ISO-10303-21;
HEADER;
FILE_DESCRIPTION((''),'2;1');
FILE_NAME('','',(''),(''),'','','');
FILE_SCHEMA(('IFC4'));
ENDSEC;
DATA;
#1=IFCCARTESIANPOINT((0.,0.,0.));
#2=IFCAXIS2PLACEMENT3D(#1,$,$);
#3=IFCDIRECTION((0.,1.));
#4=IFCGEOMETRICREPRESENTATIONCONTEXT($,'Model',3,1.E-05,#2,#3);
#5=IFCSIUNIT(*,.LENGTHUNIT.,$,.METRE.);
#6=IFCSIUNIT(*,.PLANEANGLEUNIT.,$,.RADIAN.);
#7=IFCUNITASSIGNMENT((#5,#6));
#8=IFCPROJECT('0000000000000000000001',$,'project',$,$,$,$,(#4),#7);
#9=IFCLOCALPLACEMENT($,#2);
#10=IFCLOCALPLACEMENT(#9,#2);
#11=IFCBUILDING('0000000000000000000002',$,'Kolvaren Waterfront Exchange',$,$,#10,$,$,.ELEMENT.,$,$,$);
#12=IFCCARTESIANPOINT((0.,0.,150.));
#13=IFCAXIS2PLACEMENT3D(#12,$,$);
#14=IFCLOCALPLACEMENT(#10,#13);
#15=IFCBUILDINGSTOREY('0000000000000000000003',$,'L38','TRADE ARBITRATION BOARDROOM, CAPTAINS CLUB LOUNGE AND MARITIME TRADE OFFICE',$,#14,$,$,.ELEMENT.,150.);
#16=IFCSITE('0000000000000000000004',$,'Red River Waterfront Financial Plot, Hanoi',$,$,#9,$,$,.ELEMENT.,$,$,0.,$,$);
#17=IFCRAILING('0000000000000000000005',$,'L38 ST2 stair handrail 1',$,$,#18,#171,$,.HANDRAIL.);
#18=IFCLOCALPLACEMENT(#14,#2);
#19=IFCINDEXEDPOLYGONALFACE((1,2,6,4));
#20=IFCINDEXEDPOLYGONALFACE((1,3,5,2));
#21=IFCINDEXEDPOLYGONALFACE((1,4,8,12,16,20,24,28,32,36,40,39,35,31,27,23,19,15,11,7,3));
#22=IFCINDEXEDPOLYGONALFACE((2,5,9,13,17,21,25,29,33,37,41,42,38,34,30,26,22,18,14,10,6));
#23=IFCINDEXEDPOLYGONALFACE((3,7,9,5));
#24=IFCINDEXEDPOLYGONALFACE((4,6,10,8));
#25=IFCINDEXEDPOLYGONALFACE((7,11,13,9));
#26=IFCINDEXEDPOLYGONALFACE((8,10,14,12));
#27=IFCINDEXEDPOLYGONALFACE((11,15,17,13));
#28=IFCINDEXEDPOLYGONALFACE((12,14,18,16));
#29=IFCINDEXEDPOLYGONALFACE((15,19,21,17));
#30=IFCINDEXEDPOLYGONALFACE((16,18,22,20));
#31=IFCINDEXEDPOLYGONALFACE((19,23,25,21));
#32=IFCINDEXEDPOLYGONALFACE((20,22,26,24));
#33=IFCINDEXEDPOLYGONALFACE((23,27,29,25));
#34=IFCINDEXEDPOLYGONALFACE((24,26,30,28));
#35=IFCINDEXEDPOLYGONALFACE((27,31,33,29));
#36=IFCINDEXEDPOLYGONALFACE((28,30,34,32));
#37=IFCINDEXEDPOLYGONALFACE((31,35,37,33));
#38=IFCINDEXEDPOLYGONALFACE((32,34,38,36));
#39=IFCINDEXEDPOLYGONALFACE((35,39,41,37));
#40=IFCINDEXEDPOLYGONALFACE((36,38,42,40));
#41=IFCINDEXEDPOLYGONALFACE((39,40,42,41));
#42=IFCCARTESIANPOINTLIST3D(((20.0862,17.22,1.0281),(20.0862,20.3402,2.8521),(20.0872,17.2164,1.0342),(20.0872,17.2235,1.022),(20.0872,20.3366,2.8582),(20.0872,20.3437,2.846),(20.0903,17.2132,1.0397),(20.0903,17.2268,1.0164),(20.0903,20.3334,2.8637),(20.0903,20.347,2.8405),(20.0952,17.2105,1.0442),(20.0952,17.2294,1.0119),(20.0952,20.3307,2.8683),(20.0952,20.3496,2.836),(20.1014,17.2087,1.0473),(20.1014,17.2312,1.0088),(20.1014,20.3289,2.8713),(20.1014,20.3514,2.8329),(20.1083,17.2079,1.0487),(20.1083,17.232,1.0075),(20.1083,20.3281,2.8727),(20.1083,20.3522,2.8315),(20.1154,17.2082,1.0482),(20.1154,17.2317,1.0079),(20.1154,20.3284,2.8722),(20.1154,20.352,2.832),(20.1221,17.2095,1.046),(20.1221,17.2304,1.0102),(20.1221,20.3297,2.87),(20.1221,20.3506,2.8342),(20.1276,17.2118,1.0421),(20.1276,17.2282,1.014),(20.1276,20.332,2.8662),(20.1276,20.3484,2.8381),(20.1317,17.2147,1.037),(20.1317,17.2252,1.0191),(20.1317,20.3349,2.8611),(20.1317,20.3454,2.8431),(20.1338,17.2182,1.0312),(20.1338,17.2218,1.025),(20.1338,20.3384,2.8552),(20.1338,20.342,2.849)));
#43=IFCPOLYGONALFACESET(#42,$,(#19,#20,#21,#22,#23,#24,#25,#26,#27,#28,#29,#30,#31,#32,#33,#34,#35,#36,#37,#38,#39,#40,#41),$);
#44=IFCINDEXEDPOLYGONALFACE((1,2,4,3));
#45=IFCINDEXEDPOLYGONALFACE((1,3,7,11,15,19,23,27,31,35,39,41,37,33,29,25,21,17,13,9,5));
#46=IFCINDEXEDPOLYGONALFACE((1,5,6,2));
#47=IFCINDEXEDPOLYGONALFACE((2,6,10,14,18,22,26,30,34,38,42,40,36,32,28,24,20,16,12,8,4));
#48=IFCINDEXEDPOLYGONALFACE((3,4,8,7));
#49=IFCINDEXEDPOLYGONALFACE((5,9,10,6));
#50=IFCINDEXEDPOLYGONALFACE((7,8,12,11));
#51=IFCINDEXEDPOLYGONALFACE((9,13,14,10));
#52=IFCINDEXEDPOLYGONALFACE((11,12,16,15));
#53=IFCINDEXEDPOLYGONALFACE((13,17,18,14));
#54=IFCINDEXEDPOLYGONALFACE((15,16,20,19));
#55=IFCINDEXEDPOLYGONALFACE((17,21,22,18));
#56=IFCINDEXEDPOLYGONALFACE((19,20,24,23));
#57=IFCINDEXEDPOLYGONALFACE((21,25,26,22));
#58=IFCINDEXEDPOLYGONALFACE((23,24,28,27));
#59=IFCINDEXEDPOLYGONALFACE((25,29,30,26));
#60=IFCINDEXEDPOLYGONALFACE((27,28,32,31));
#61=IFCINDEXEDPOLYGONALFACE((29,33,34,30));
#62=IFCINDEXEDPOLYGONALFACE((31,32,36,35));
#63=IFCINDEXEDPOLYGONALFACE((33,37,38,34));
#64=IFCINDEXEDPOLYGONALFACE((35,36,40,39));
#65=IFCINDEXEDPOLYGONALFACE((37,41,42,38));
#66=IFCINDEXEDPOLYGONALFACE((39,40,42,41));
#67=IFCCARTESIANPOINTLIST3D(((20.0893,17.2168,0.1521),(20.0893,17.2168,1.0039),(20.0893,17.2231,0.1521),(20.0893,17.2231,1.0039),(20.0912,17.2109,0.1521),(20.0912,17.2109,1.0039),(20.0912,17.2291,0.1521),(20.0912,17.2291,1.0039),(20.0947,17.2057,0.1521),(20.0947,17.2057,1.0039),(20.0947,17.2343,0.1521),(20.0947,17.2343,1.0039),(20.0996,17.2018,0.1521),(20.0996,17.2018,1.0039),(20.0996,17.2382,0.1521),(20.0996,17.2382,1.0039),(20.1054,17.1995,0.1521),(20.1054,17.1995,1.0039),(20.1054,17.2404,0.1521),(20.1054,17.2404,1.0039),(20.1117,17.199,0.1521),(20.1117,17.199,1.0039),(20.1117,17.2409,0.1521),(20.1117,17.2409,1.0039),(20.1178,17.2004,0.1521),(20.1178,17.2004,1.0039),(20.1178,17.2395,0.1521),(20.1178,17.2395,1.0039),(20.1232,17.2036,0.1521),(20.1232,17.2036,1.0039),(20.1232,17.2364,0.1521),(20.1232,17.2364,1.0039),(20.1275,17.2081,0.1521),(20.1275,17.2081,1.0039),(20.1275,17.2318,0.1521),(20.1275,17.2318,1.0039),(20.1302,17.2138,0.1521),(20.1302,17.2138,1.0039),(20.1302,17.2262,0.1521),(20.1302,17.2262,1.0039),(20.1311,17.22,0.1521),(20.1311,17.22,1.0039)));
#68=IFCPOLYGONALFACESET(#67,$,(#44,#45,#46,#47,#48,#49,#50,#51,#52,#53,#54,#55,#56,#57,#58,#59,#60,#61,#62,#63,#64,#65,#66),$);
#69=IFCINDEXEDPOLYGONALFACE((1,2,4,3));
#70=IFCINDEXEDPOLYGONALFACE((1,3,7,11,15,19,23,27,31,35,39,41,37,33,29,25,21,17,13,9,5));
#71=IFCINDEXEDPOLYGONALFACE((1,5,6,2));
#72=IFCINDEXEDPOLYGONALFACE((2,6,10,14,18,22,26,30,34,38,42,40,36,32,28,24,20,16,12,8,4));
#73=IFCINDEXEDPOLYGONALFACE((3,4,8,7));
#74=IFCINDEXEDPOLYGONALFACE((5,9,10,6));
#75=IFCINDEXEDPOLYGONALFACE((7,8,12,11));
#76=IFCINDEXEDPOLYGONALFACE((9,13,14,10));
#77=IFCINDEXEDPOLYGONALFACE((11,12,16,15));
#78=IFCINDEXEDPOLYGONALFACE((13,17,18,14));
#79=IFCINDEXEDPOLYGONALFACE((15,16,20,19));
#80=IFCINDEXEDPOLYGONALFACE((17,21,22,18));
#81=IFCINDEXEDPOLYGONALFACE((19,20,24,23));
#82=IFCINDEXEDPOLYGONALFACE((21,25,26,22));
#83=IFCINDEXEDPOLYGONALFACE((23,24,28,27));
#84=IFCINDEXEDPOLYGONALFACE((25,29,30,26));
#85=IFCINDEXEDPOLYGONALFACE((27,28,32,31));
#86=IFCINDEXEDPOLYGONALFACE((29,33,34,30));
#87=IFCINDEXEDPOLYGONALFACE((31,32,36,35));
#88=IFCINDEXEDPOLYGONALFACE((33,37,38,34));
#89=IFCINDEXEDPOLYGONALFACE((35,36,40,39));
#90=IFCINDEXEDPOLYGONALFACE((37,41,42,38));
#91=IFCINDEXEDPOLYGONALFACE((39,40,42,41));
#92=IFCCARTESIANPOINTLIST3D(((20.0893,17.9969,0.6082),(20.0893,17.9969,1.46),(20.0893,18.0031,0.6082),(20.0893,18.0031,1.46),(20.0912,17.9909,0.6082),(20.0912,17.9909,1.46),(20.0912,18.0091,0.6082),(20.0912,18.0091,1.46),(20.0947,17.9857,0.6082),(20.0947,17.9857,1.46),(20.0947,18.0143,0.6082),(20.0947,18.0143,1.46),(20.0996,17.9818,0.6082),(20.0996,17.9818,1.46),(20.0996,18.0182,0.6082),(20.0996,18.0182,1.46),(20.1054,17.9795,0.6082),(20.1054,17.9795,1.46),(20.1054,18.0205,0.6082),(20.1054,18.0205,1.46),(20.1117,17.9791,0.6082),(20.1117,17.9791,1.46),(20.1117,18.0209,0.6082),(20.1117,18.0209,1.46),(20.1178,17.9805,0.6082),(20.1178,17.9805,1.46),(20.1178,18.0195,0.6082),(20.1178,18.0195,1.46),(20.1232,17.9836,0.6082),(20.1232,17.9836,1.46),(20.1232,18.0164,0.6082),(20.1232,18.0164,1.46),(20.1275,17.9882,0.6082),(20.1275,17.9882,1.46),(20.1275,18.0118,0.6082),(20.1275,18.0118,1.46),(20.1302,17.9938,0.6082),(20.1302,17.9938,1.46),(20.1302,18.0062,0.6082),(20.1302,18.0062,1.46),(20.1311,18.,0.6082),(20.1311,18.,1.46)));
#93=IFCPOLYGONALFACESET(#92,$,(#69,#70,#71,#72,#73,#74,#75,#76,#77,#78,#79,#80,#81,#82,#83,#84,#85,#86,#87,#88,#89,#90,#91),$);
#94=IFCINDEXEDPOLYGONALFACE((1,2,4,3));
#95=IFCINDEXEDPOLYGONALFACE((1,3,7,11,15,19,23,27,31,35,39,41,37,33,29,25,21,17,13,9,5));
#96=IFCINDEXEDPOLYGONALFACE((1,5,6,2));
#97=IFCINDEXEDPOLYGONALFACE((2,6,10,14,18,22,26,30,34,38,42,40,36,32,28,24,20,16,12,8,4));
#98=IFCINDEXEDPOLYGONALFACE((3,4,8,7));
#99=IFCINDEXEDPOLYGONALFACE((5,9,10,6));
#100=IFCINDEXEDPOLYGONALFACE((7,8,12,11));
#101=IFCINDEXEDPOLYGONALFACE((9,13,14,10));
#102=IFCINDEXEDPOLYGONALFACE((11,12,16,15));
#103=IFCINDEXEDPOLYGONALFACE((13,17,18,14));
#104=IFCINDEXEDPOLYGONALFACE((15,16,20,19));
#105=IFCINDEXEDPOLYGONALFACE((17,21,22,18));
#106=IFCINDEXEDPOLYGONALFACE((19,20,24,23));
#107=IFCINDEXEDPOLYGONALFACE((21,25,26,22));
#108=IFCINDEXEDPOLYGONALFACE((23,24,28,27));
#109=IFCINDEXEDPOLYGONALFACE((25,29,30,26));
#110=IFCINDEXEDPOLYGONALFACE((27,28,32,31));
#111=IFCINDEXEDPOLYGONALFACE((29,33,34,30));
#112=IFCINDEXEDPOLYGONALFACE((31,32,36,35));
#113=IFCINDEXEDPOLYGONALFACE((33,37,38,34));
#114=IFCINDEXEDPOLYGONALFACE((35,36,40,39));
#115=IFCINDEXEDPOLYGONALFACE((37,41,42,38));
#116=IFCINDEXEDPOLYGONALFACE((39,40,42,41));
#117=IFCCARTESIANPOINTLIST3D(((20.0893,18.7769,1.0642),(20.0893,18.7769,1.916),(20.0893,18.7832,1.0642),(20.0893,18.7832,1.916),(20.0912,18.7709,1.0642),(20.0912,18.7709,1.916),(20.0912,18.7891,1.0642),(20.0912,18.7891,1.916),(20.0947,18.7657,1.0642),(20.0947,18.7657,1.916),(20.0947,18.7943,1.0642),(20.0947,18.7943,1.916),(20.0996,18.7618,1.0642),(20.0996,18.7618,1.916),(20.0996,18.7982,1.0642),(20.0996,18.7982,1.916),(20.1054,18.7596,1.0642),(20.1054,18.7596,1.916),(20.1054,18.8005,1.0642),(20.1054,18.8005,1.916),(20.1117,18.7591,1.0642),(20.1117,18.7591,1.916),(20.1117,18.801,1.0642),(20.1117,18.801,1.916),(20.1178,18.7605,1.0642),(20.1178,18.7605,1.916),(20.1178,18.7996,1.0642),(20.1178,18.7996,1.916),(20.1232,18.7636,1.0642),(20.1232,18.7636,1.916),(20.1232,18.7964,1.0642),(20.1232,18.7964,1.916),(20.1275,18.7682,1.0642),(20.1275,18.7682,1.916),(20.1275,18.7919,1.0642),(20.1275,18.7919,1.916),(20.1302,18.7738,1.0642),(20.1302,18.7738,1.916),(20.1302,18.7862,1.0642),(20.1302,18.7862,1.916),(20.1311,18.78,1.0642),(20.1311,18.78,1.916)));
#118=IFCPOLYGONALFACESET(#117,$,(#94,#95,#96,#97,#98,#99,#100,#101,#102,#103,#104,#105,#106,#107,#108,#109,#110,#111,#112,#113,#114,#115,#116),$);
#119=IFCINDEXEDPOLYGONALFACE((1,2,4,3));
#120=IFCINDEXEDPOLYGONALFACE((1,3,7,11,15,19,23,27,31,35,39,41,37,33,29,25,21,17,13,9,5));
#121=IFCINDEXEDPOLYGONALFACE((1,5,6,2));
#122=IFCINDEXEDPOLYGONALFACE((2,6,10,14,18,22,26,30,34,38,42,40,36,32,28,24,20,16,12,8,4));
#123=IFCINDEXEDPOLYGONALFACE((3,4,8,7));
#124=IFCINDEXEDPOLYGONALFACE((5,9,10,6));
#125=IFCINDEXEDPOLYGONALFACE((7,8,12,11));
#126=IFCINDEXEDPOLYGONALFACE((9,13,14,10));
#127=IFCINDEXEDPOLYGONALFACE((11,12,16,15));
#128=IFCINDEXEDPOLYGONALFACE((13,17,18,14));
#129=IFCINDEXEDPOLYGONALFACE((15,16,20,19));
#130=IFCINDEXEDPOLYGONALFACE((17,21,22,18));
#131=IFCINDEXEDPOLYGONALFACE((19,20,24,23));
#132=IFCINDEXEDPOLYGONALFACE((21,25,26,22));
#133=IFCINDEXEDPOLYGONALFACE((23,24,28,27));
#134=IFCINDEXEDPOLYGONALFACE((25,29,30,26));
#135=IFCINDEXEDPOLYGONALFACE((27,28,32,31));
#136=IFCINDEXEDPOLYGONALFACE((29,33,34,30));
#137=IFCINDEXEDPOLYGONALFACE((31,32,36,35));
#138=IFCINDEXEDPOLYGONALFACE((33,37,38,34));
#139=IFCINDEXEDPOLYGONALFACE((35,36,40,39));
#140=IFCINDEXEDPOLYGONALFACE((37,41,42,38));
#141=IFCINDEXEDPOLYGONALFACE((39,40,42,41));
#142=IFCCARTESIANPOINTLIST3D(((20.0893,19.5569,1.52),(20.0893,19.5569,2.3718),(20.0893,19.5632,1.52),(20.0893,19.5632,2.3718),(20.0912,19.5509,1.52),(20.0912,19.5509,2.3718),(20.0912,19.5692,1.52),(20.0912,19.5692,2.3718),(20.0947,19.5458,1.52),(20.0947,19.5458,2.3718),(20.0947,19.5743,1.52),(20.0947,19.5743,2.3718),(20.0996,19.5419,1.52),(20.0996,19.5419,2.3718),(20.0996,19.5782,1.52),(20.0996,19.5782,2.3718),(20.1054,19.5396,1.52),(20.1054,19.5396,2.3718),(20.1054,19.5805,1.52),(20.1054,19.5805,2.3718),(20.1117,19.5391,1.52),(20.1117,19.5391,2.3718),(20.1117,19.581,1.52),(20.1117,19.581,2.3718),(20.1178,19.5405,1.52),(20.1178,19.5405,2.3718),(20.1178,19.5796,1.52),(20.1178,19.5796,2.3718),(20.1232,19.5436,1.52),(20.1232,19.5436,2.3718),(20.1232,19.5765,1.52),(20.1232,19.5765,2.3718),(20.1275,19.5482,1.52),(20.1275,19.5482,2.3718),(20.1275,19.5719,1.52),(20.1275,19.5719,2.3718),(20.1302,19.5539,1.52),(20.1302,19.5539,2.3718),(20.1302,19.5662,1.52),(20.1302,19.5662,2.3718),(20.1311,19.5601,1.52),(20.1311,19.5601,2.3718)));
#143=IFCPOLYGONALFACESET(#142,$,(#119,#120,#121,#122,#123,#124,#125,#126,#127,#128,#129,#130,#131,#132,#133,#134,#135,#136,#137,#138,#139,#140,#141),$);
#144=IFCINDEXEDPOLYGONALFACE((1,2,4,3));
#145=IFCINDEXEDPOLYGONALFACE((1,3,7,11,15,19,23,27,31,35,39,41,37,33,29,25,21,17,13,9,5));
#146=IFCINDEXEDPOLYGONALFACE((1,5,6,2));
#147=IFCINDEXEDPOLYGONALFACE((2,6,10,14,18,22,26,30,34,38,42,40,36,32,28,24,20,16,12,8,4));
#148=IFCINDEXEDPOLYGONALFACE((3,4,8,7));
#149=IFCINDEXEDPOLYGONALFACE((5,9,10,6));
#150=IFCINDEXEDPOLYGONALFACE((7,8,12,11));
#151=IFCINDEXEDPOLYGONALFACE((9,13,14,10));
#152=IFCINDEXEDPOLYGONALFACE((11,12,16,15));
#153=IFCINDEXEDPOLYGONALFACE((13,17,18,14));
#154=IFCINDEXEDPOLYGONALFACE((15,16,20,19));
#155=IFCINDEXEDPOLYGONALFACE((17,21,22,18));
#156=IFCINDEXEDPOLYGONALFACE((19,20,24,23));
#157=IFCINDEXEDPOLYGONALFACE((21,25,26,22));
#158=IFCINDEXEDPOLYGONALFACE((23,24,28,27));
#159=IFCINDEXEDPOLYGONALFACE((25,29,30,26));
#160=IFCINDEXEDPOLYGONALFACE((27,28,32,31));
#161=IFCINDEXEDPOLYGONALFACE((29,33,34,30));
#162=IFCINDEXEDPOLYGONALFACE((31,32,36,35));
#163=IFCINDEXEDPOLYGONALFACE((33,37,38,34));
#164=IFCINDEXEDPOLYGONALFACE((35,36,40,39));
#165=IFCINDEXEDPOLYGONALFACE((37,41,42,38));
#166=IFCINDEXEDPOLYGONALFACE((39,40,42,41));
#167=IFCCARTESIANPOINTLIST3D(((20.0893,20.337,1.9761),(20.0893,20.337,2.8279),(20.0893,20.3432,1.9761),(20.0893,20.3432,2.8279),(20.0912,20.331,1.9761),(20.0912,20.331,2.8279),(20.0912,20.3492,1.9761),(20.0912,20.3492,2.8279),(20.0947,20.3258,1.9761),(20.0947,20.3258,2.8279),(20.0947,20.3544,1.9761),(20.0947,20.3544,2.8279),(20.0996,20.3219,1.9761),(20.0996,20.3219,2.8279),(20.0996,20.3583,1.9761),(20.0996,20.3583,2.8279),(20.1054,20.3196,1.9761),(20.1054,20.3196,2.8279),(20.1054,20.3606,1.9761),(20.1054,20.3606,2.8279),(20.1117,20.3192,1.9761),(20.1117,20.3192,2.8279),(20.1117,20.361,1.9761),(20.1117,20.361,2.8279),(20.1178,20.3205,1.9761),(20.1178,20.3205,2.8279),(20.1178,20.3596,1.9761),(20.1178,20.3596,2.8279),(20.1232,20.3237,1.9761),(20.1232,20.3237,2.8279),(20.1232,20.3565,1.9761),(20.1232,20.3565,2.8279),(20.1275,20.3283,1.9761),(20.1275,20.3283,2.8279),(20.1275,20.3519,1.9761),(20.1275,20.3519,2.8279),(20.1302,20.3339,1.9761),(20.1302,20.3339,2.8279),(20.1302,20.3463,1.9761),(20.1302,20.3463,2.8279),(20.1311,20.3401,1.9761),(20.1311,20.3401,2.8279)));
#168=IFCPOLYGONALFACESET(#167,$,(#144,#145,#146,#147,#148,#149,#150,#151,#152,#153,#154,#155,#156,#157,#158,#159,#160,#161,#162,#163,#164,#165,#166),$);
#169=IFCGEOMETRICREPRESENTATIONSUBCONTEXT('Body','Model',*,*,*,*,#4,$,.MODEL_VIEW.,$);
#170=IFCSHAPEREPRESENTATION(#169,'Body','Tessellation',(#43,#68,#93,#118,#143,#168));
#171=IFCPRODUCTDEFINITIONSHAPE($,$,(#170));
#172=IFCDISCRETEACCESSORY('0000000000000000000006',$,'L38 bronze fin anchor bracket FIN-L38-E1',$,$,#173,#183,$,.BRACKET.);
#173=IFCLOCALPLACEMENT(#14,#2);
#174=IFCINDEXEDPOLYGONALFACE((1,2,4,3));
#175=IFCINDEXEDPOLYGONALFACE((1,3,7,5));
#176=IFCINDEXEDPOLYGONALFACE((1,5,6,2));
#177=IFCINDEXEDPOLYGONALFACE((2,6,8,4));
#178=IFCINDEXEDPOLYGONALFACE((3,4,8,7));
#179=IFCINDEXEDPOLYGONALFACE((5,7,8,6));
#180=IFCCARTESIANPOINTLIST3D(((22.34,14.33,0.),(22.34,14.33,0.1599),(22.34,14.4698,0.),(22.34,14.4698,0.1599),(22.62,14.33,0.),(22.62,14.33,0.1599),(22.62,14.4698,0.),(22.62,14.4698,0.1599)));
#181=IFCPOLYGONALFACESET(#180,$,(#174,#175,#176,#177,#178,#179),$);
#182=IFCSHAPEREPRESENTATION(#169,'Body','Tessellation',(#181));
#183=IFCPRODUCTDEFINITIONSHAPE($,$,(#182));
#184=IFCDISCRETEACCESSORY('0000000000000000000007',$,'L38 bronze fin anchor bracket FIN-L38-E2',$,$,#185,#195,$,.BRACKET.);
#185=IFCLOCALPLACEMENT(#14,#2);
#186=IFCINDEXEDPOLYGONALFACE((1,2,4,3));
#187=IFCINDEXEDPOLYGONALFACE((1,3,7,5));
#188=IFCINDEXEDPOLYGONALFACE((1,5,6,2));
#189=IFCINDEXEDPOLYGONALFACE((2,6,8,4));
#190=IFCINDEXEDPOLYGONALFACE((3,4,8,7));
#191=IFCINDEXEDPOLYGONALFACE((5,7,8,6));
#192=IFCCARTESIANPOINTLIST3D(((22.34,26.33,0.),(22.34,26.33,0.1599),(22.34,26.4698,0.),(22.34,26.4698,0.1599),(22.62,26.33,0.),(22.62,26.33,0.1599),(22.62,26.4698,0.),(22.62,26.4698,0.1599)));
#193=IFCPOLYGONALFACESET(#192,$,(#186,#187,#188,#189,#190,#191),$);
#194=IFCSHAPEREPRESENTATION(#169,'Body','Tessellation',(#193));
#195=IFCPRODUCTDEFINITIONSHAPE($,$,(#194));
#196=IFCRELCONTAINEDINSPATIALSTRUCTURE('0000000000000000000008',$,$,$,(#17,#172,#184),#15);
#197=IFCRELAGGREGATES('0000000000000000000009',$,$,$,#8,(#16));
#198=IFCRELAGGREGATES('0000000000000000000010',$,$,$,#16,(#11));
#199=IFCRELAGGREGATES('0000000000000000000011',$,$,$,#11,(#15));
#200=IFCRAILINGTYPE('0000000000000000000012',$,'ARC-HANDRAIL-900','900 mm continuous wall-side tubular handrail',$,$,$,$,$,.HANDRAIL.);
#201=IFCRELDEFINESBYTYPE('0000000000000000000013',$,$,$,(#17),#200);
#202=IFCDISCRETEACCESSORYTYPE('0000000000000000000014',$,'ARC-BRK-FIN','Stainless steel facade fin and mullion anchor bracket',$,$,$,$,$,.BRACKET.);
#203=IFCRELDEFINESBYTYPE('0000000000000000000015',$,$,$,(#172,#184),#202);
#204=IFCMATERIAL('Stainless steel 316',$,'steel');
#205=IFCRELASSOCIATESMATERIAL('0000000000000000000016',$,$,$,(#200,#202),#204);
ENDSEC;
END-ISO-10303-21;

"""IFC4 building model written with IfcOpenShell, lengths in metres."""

from ifc_helpers import new_model, si_unit, direction, frame, origin, origin_with_axes, origin_2d, place, context, subcontext, project, spatial, rectangle, circle, extrude, source, transform, mapped, material, type_object, element, save


model = new_model("IFC4")

# Units and contexts
model_context = context("Model", 3, precision=1e-05, world=origin(), true_north=direction((0.0, 1.0)))
body_context = subcontext(model_context, "Body", "Model", "MODEL_VIEW")
ifc_project = project(units=[si_unit("LENGTHUNIT", "METRE"), si_unit("PLANEANGLEUNIT", "RADIAN")], contexts=[model_context])

# Site, building, storey
site_placement = place(None, origin())
site = spatial("IfcSite", under=ifc_project, at=site_placement, Name="Red River Waterfront Financial Plot, Hanoi", CompositionType="ELEMENT", RefElevation=0.0)
building_placement = place(site_placement, origin())
building = spatial("IfcBuilding", under=site, at=building_placement, Name="Kolvaren Waterfront Exchange", CompositionType="ELEMENT")
storey_placement = place(building_placement, frame((0.0, 0.0, 150.0)))
storey = spatial("IfcBuildingStorey", under=building, at=storey_placement, Name="L38", Description="TRADE ARBITRATION BOARDROOM, CAPTAINS CLUB LOUNGE AND MARITIME TRADE OFFICE", CompositionType="ELEMENT", Elevation=150.0)

# Railing
ifc_material_1 = material(Name="Stainless steel 316", Category="steel")
railing_type = type_object("IfcRailingType", Name="ARC-HANDRAIL-900", Description="900 mm continuous wall-side tubular handrail", PredefinedType="HANDRAIL", material=ifc_material_1)
railing_placement = place(storey_placement, frame((20.1101, 17.22, 0.1521)))
element("IfcRailing", 1, at=railing_placement, inside=storey, type_object=railing_type, Name="L38 ST2 stair handrail 1", PredefinedType="HANDRAIL", context=body_context, shape_type="SweptSolid", body=[
    extrude(circle(Radius=0.0239, at=origin_2d()), frame((0.0, 0.0, 0.876), z_axis=(0.0, 0.863308, 0.504677), x_axis=(-1.0, 0.0, 0.0)), (0.0, 0.0, 1.0), 3.6143),
    extrude(circle(Radius=0.021, at=origin_2d()), origin(), (0.0, 0.0, 1.0), 0.8518),
    extrude(circle(Radius=0.021, at=origin_2d()), frame((0.0, 0.78, 0.4561)), (0.0, 0.0, 1.0), 0.8518),
    extrude(circle(Radius=0.021, at=origin_2d()), frame((0.0, 1.5601, 0.9121)), (0.0, 0.0, 1.0), 0.8518),
    extrude(circle(Radius=0.021, at=origin_2d()), frame((0.0, 2.3401, 1.3679)), (0.0, 0.0, 1.0), 0.8518),
    extrude(circle(Radius=0.021, at=origin_2d()), frame((0.0, 3.1201, 1.824)), (0.0, 0.0, 1.0), 0.8518),
])

# Discrete accessories
discrete_accessory_type = type_object("IfcDiscreteAccessoryType", Name="ARC-BRK-FIN", Description="Stainless steel facade fin and mullion anchor bracket", PredefinedType="BRACKET", material=ifc_material_1)
shared_shape_1 = source(origin_with_axes(), body_context, "Body", "SweptSolid", [
    extrude(rectangle(XDim=0.28, YDim=0.1399, at=origin_2d()), origin(), (0.0, 0.0, 1.0), 0.1599),
])
for number, where, z_axis, x_axis, name in (
    (2, (22.48, 14.3999, 0.0), (0.0, 0.0, 1.0), (1.0, 0.0, 0.0), "L38 bronze fin anchor bracket FIN-L38-E1"),
    (3, (22.48, 26.3999, 0.0), (0.0, 0.0, 1.0), (1.0, 0.0, 0.0), "L38 bronze fin anchor bracket FIN-L38-E2"),
):
    element("IfcDiscreteAccessory", number, at=place(storey_placement, frame(where, z_axis=z_axis, x_axis=x_axis)), inside=storey, type_object=discrete_accessory_type, Name=name, PredefinedType="BRACKET", context=body_context, shape_type="MappedRepresentation", body=[
        mapped(shared_shape_1, transform((0.0, 0.0, 0.0), x_axis=(1.0, 0.0, 0.0), y_axis=(0.0, 1.0, 0.0), z_axis=(0.0, 0.0, 1.0), scale=1.0)),
    ])

save(model, "model.ifc")
